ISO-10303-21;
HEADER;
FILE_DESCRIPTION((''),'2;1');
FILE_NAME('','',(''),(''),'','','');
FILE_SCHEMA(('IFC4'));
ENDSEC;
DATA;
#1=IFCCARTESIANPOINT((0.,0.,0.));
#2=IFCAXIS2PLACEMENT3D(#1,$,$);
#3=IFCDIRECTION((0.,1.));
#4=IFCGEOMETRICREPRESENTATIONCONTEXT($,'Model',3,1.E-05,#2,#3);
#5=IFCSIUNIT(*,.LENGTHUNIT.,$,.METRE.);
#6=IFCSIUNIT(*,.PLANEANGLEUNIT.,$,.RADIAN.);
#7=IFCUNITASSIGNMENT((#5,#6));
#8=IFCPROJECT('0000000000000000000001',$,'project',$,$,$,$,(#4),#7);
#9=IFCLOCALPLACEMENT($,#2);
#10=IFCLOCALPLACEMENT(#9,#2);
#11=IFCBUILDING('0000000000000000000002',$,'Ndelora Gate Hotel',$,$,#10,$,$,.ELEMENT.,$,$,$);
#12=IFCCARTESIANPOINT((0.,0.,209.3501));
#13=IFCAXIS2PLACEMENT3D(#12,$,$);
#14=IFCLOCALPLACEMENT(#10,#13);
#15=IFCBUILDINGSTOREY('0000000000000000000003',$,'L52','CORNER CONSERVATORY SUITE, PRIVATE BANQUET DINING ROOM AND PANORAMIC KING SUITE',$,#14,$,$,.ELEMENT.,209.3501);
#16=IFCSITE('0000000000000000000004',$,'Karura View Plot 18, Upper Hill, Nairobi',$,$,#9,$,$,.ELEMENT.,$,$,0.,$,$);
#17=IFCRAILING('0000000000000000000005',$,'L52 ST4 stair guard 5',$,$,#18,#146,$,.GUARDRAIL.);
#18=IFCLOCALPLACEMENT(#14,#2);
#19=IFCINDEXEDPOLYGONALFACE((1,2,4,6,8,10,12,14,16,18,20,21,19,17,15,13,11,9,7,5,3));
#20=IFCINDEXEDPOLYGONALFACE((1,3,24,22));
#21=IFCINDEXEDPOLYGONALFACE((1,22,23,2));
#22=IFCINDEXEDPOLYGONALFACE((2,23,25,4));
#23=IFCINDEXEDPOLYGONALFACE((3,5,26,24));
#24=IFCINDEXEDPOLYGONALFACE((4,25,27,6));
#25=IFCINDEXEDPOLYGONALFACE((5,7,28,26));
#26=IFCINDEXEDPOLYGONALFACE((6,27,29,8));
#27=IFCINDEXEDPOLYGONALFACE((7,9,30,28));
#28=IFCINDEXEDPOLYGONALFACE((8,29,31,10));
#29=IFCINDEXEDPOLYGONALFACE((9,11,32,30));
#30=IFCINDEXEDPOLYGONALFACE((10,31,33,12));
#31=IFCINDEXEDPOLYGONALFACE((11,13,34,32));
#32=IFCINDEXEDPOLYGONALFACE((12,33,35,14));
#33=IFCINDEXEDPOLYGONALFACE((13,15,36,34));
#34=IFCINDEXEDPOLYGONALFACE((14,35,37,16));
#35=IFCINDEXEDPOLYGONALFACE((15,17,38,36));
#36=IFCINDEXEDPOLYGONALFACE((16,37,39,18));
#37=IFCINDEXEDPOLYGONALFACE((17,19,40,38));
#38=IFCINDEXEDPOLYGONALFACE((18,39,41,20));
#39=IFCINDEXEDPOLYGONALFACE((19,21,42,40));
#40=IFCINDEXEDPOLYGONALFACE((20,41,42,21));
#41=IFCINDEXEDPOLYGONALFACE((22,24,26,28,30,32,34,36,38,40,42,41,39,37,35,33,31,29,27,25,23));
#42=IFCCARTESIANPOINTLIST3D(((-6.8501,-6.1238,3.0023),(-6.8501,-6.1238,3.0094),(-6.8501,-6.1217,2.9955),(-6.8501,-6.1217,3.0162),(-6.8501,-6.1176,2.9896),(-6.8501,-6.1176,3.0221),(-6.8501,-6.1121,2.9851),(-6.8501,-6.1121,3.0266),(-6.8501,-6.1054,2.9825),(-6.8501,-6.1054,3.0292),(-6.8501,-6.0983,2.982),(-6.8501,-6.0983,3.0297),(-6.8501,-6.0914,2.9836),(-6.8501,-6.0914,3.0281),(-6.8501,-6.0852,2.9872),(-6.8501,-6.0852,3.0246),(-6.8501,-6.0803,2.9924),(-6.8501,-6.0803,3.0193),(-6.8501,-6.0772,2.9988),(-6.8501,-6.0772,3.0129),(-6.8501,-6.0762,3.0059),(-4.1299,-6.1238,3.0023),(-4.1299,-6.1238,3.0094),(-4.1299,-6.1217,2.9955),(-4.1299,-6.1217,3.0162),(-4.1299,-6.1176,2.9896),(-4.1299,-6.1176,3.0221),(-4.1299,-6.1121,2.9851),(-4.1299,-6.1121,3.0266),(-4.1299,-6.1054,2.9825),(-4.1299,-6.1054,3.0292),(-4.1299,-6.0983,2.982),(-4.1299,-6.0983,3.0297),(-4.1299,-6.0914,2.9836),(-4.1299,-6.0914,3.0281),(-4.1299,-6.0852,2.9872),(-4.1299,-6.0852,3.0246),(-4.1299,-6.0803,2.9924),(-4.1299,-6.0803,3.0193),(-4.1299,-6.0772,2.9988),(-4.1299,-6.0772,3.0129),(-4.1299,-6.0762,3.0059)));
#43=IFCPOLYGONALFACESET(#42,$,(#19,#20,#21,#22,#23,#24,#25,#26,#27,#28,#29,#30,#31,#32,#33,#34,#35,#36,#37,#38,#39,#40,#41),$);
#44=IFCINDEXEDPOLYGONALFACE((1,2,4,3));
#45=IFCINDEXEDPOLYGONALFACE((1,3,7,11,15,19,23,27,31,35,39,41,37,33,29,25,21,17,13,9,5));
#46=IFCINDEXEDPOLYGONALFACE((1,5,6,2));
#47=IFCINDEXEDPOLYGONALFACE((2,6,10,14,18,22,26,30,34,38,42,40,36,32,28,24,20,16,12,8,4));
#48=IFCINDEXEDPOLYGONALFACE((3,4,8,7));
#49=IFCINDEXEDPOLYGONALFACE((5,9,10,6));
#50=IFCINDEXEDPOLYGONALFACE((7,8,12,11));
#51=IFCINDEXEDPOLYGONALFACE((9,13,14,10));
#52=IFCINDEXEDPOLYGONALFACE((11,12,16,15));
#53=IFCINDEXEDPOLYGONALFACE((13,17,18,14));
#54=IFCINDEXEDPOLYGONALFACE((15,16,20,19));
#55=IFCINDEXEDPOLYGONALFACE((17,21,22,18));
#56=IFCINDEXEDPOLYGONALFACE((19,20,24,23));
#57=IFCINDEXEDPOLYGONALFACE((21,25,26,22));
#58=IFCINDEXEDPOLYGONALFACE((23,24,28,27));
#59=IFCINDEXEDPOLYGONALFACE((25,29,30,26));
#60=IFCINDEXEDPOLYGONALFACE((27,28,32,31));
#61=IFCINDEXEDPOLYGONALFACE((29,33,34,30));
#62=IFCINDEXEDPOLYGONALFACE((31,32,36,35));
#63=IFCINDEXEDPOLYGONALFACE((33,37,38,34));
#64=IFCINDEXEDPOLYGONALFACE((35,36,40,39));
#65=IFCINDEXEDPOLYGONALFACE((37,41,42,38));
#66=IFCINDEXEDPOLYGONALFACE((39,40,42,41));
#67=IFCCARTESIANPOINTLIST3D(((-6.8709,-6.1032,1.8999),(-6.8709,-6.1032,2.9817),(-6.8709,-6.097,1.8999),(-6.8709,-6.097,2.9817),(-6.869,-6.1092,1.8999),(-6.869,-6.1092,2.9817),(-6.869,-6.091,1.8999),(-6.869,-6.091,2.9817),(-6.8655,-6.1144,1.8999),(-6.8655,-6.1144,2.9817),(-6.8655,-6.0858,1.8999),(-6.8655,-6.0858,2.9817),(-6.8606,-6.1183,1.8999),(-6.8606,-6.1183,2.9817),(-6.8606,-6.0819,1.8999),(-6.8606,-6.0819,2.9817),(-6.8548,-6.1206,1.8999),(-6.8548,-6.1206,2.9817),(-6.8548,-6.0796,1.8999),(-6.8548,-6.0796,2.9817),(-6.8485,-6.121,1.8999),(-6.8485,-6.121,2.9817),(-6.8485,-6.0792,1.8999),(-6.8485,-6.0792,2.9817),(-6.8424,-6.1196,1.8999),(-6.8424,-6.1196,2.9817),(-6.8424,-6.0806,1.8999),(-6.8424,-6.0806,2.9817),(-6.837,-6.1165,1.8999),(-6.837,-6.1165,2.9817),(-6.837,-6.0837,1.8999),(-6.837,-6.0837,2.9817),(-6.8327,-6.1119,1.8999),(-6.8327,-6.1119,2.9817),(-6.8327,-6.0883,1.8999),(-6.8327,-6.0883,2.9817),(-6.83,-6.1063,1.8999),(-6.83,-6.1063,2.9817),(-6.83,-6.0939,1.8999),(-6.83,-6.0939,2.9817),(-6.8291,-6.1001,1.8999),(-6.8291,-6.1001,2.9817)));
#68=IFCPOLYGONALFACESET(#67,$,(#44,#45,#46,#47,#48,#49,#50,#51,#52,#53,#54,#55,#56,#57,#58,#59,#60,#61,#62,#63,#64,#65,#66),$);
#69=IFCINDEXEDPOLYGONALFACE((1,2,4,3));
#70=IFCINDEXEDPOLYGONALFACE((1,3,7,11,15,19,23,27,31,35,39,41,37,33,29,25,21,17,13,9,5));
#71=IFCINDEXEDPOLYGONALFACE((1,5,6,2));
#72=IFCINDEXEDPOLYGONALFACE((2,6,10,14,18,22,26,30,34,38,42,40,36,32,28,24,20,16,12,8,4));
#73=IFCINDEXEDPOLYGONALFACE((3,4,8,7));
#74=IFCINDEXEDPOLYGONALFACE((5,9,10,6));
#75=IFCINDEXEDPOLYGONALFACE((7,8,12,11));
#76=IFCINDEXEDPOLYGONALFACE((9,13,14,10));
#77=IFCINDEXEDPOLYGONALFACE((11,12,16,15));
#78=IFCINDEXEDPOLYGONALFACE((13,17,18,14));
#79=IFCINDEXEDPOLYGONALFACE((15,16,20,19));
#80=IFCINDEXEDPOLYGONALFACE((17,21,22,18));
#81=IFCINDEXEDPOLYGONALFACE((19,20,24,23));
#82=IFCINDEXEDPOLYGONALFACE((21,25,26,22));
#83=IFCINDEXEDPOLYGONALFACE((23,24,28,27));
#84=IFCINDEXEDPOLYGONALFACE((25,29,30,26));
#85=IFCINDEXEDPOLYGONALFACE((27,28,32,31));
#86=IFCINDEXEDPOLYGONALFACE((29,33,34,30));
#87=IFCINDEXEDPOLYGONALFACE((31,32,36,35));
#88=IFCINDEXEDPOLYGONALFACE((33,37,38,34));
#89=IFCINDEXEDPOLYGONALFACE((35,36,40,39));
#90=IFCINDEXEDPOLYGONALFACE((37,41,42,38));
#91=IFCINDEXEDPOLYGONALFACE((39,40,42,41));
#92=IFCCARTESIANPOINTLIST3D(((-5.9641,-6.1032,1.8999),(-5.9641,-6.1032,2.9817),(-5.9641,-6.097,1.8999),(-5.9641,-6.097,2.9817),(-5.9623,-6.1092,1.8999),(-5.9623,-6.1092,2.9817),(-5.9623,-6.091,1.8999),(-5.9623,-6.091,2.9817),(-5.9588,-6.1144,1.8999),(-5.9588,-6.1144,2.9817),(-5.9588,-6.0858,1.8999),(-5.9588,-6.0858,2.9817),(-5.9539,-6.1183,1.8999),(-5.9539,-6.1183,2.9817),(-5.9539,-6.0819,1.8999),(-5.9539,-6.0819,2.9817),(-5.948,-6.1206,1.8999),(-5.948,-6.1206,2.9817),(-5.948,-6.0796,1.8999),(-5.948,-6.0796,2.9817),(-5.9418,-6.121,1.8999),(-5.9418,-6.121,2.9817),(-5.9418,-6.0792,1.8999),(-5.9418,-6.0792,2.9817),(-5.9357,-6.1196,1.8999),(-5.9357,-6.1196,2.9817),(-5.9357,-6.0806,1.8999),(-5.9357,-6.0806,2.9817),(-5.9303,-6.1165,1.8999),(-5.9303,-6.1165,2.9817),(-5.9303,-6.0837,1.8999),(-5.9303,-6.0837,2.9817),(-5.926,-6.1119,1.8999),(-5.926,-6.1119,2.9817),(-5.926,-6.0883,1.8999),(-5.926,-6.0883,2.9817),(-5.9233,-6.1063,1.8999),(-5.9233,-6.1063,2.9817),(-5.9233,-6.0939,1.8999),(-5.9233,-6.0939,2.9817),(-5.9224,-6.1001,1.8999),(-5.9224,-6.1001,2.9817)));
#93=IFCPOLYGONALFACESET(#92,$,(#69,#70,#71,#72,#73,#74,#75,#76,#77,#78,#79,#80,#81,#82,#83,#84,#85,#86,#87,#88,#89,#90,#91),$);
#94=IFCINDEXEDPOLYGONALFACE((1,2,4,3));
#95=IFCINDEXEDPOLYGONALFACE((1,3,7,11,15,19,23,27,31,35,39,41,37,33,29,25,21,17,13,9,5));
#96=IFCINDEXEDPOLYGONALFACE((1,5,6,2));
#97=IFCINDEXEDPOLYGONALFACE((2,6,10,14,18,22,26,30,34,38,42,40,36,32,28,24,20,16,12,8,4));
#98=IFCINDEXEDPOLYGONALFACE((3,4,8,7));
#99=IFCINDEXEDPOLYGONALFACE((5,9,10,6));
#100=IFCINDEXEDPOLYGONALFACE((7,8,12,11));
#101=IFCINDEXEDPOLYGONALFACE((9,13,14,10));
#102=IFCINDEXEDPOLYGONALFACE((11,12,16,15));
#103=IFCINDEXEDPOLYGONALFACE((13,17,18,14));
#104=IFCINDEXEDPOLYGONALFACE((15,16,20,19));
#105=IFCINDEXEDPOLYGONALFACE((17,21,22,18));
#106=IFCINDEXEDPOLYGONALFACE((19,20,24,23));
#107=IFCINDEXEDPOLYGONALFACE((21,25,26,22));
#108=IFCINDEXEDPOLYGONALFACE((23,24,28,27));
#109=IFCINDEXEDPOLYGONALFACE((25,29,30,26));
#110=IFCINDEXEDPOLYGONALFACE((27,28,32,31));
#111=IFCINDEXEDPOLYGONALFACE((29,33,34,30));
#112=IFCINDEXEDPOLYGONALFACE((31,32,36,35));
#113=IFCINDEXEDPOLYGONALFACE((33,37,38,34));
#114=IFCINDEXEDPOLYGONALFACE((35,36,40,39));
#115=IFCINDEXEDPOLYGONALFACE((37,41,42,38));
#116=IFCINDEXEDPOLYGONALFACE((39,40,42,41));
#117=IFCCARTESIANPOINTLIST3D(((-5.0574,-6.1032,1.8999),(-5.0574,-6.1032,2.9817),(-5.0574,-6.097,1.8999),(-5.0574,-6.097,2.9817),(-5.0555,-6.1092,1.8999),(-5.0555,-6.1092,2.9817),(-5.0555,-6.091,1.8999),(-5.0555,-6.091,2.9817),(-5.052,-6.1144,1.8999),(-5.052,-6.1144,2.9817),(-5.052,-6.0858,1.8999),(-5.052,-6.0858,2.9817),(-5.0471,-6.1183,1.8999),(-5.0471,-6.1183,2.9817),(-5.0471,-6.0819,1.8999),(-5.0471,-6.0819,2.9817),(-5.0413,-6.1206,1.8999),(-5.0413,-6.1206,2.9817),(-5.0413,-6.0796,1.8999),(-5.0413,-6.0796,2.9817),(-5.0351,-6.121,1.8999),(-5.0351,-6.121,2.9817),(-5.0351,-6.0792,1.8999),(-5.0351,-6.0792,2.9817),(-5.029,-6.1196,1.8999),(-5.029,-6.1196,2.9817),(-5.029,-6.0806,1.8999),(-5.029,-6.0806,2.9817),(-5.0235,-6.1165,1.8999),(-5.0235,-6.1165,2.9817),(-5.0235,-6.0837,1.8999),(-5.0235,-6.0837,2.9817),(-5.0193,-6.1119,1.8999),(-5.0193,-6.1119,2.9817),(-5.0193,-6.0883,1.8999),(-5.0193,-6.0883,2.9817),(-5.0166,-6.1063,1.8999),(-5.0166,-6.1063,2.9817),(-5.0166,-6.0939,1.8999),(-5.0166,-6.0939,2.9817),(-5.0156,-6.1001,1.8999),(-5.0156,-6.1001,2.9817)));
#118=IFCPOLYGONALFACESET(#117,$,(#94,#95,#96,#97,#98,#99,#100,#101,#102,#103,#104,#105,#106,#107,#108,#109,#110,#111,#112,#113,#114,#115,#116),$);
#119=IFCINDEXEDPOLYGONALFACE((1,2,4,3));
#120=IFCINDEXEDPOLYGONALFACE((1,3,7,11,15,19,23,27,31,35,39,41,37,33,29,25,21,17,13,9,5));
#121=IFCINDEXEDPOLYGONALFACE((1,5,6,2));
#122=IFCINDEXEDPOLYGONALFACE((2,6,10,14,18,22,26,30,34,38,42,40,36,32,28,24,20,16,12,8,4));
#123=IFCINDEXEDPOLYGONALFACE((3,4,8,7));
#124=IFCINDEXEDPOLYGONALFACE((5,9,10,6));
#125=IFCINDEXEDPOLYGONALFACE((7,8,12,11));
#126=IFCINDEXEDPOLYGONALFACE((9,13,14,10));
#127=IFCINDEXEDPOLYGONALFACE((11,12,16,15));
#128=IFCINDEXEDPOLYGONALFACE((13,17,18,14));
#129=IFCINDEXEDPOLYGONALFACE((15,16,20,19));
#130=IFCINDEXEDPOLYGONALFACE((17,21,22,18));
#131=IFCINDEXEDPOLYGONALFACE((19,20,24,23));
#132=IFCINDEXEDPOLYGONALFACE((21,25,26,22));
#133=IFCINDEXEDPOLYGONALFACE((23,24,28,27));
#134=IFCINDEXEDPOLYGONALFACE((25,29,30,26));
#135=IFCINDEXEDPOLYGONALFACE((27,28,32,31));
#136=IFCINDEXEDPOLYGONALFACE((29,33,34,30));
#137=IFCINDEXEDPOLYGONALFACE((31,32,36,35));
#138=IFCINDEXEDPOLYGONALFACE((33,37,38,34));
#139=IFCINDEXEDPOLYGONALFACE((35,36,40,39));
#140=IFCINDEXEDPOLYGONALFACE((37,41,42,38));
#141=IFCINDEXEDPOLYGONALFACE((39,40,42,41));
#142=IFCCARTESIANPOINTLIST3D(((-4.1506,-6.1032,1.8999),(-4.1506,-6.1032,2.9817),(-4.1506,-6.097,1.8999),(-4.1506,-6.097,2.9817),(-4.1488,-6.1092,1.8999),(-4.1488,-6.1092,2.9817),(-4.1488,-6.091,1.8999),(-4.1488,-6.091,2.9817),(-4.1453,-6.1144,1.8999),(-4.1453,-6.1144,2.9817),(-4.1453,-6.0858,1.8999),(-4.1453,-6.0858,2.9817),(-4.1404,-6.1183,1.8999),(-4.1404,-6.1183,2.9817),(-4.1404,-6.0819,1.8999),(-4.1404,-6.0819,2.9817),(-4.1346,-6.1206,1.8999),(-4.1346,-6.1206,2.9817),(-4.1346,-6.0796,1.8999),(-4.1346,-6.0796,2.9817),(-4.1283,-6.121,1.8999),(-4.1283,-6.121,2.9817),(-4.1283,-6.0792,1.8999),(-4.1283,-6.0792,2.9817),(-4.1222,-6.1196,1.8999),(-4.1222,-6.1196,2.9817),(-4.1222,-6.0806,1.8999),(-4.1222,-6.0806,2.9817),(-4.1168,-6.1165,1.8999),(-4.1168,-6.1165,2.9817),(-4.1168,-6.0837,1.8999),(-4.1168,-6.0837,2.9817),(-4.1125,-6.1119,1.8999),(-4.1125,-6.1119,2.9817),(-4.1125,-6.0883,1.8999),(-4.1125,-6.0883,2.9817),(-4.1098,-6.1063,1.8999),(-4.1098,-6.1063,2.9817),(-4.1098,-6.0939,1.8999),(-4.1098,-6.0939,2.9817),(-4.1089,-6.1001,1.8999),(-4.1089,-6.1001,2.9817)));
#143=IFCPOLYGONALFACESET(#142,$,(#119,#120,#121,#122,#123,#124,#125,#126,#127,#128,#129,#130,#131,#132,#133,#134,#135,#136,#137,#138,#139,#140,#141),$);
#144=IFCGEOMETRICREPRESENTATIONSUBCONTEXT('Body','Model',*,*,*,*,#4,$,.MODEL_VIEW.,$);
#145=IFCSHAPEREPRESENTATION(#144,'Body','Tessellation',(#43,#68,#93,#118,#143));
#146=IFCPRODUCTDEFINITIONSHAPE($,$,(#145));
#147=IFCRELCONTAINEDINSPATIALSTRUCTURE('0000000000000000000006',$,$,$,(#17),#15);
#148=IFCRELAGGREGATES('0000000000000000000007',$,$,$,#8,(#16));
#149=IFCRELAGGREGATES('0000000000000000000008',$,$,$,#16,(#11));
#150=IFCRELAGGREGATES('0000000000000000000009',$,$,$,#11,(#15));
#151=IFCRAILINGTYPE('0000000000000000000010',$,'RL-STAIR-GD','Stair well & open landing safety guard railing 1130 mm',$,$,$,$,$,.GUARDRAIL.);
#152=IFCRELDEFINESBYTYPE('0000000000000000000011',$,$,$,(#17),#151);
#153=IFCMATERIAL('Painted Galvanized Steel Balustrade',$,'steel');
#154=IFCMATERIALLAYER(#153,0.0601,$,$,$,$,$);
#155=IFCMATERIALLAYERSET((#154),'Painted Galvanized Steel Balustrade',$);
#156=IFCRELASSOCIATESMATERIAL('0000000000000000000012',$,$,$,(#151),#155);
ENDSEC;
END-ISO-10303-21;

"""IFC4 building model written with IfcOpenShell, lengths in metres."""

from ifc_helpers import new_model, si_unit, direction, frame, origin, origin_2d, place, context, subcontext, project, spatial, circle, extrude, material, layer, layer_set, type_object, element, save


model = new_model("IFC4")

# Units and contexts
model_context = context("Model", 3, precision=1e-05, world=origin(), true_north=direction((0.0, 1.0)))
body_context = subcontext(model_context, "Body", "Model", "MODEL_VIEW")
ifc_project = project(units=[si_unit("LENGTHUNIT", "METRE"), si_unit("PLANEANGLEUNIT", "RADIAN")], contexts=[model_context])

# Site, building, storey
site_placement = place(None, origin())
site = spatial("IfcSite", under=ifc_project, at=site_placement, Name="Karura View Plot 18, Upper Hill, Nairobi", CompositionType="ELEMENT", RefElevation=0.0)
building_placement = place(site_placement, origin())
building = spatial("IfcBuilding", under=site, at=building_placement, Name="Ndelora Gate Hotel", CompositionType="ELEMENT")
storey_placement = place(building_placement, frame((0.0, 0.0, 209.3501)))
storey = spatial("IfcBuildingStorey", under=building, at=storey_placement, Name="L52", Description="CORNER CONSERVATORY SUITE, PRIVATE BANQUET DINING ROOM AND PANORAMIC KING SUITE", CompositionType="ELEMENT", Elevation=209.3501)

# Railing
ifc_material_1 = material(Name="Painted Galvanized Steel Balustrade", Category="steel")
ifc_layer_1 = layer(ifc_material_1, 0.0601)
ifc_layer_set_1 = layer_set([ifc_layer_1], Name="Painted Galvanized Steel Balustrade")
railing_type_1 = type_object("IfcRailingType", Name="RL-STAIR-GD", Description="Stair well & open landing safety guard railing 1130 mm", PredefinedType="GUARDRAIL", material=ifc_layer_set_1)
railing_1_placement = place(storey_placement, frame((-6.8501, -6.1001, 1.8999)))
element("IfcRailing", 1, at=railing_1_placement, inside=storey, type_object=railing_type_1, Name="L52 ST4 stair guard 5", PredefinedType="GUARDRAIL", context=body_context, shape_type="SweptSolid", body=[
    extrude(circle(Radius=0.0239, at=origin_2d()), frame((0.0, 0.0, 1.106), z_axis=(1.0, 0.0, 0.0), x_axis=(0.0, 1.0, 0.0)), (0.0, 0.0, 1.0), 2.7202),
    extrude(circle(Radius=0.021, at=origin_2d()), origin(), (0.0, 0.0, 1.0), 1.0818),
    extrude(circle(Radius=0.021, at=origin_2d()), frame((0.9067, 0.0, 0.0)), (0.0, 0.0, 1.0), 1.0818),
    extrude(circle(Radius=0.021, at=origin_2d()), frame((1.8135, 0.0, 0.0)), (0.0, 0.0, 1.0), 1.0818),
    extrude(circle(Radius=0.021, at=origin_2d()), frame((2.7202, 0.0, 0.0)), (0.0, 0.0, 1.0), 1.0818),
])

save(model, "model.ifc")
